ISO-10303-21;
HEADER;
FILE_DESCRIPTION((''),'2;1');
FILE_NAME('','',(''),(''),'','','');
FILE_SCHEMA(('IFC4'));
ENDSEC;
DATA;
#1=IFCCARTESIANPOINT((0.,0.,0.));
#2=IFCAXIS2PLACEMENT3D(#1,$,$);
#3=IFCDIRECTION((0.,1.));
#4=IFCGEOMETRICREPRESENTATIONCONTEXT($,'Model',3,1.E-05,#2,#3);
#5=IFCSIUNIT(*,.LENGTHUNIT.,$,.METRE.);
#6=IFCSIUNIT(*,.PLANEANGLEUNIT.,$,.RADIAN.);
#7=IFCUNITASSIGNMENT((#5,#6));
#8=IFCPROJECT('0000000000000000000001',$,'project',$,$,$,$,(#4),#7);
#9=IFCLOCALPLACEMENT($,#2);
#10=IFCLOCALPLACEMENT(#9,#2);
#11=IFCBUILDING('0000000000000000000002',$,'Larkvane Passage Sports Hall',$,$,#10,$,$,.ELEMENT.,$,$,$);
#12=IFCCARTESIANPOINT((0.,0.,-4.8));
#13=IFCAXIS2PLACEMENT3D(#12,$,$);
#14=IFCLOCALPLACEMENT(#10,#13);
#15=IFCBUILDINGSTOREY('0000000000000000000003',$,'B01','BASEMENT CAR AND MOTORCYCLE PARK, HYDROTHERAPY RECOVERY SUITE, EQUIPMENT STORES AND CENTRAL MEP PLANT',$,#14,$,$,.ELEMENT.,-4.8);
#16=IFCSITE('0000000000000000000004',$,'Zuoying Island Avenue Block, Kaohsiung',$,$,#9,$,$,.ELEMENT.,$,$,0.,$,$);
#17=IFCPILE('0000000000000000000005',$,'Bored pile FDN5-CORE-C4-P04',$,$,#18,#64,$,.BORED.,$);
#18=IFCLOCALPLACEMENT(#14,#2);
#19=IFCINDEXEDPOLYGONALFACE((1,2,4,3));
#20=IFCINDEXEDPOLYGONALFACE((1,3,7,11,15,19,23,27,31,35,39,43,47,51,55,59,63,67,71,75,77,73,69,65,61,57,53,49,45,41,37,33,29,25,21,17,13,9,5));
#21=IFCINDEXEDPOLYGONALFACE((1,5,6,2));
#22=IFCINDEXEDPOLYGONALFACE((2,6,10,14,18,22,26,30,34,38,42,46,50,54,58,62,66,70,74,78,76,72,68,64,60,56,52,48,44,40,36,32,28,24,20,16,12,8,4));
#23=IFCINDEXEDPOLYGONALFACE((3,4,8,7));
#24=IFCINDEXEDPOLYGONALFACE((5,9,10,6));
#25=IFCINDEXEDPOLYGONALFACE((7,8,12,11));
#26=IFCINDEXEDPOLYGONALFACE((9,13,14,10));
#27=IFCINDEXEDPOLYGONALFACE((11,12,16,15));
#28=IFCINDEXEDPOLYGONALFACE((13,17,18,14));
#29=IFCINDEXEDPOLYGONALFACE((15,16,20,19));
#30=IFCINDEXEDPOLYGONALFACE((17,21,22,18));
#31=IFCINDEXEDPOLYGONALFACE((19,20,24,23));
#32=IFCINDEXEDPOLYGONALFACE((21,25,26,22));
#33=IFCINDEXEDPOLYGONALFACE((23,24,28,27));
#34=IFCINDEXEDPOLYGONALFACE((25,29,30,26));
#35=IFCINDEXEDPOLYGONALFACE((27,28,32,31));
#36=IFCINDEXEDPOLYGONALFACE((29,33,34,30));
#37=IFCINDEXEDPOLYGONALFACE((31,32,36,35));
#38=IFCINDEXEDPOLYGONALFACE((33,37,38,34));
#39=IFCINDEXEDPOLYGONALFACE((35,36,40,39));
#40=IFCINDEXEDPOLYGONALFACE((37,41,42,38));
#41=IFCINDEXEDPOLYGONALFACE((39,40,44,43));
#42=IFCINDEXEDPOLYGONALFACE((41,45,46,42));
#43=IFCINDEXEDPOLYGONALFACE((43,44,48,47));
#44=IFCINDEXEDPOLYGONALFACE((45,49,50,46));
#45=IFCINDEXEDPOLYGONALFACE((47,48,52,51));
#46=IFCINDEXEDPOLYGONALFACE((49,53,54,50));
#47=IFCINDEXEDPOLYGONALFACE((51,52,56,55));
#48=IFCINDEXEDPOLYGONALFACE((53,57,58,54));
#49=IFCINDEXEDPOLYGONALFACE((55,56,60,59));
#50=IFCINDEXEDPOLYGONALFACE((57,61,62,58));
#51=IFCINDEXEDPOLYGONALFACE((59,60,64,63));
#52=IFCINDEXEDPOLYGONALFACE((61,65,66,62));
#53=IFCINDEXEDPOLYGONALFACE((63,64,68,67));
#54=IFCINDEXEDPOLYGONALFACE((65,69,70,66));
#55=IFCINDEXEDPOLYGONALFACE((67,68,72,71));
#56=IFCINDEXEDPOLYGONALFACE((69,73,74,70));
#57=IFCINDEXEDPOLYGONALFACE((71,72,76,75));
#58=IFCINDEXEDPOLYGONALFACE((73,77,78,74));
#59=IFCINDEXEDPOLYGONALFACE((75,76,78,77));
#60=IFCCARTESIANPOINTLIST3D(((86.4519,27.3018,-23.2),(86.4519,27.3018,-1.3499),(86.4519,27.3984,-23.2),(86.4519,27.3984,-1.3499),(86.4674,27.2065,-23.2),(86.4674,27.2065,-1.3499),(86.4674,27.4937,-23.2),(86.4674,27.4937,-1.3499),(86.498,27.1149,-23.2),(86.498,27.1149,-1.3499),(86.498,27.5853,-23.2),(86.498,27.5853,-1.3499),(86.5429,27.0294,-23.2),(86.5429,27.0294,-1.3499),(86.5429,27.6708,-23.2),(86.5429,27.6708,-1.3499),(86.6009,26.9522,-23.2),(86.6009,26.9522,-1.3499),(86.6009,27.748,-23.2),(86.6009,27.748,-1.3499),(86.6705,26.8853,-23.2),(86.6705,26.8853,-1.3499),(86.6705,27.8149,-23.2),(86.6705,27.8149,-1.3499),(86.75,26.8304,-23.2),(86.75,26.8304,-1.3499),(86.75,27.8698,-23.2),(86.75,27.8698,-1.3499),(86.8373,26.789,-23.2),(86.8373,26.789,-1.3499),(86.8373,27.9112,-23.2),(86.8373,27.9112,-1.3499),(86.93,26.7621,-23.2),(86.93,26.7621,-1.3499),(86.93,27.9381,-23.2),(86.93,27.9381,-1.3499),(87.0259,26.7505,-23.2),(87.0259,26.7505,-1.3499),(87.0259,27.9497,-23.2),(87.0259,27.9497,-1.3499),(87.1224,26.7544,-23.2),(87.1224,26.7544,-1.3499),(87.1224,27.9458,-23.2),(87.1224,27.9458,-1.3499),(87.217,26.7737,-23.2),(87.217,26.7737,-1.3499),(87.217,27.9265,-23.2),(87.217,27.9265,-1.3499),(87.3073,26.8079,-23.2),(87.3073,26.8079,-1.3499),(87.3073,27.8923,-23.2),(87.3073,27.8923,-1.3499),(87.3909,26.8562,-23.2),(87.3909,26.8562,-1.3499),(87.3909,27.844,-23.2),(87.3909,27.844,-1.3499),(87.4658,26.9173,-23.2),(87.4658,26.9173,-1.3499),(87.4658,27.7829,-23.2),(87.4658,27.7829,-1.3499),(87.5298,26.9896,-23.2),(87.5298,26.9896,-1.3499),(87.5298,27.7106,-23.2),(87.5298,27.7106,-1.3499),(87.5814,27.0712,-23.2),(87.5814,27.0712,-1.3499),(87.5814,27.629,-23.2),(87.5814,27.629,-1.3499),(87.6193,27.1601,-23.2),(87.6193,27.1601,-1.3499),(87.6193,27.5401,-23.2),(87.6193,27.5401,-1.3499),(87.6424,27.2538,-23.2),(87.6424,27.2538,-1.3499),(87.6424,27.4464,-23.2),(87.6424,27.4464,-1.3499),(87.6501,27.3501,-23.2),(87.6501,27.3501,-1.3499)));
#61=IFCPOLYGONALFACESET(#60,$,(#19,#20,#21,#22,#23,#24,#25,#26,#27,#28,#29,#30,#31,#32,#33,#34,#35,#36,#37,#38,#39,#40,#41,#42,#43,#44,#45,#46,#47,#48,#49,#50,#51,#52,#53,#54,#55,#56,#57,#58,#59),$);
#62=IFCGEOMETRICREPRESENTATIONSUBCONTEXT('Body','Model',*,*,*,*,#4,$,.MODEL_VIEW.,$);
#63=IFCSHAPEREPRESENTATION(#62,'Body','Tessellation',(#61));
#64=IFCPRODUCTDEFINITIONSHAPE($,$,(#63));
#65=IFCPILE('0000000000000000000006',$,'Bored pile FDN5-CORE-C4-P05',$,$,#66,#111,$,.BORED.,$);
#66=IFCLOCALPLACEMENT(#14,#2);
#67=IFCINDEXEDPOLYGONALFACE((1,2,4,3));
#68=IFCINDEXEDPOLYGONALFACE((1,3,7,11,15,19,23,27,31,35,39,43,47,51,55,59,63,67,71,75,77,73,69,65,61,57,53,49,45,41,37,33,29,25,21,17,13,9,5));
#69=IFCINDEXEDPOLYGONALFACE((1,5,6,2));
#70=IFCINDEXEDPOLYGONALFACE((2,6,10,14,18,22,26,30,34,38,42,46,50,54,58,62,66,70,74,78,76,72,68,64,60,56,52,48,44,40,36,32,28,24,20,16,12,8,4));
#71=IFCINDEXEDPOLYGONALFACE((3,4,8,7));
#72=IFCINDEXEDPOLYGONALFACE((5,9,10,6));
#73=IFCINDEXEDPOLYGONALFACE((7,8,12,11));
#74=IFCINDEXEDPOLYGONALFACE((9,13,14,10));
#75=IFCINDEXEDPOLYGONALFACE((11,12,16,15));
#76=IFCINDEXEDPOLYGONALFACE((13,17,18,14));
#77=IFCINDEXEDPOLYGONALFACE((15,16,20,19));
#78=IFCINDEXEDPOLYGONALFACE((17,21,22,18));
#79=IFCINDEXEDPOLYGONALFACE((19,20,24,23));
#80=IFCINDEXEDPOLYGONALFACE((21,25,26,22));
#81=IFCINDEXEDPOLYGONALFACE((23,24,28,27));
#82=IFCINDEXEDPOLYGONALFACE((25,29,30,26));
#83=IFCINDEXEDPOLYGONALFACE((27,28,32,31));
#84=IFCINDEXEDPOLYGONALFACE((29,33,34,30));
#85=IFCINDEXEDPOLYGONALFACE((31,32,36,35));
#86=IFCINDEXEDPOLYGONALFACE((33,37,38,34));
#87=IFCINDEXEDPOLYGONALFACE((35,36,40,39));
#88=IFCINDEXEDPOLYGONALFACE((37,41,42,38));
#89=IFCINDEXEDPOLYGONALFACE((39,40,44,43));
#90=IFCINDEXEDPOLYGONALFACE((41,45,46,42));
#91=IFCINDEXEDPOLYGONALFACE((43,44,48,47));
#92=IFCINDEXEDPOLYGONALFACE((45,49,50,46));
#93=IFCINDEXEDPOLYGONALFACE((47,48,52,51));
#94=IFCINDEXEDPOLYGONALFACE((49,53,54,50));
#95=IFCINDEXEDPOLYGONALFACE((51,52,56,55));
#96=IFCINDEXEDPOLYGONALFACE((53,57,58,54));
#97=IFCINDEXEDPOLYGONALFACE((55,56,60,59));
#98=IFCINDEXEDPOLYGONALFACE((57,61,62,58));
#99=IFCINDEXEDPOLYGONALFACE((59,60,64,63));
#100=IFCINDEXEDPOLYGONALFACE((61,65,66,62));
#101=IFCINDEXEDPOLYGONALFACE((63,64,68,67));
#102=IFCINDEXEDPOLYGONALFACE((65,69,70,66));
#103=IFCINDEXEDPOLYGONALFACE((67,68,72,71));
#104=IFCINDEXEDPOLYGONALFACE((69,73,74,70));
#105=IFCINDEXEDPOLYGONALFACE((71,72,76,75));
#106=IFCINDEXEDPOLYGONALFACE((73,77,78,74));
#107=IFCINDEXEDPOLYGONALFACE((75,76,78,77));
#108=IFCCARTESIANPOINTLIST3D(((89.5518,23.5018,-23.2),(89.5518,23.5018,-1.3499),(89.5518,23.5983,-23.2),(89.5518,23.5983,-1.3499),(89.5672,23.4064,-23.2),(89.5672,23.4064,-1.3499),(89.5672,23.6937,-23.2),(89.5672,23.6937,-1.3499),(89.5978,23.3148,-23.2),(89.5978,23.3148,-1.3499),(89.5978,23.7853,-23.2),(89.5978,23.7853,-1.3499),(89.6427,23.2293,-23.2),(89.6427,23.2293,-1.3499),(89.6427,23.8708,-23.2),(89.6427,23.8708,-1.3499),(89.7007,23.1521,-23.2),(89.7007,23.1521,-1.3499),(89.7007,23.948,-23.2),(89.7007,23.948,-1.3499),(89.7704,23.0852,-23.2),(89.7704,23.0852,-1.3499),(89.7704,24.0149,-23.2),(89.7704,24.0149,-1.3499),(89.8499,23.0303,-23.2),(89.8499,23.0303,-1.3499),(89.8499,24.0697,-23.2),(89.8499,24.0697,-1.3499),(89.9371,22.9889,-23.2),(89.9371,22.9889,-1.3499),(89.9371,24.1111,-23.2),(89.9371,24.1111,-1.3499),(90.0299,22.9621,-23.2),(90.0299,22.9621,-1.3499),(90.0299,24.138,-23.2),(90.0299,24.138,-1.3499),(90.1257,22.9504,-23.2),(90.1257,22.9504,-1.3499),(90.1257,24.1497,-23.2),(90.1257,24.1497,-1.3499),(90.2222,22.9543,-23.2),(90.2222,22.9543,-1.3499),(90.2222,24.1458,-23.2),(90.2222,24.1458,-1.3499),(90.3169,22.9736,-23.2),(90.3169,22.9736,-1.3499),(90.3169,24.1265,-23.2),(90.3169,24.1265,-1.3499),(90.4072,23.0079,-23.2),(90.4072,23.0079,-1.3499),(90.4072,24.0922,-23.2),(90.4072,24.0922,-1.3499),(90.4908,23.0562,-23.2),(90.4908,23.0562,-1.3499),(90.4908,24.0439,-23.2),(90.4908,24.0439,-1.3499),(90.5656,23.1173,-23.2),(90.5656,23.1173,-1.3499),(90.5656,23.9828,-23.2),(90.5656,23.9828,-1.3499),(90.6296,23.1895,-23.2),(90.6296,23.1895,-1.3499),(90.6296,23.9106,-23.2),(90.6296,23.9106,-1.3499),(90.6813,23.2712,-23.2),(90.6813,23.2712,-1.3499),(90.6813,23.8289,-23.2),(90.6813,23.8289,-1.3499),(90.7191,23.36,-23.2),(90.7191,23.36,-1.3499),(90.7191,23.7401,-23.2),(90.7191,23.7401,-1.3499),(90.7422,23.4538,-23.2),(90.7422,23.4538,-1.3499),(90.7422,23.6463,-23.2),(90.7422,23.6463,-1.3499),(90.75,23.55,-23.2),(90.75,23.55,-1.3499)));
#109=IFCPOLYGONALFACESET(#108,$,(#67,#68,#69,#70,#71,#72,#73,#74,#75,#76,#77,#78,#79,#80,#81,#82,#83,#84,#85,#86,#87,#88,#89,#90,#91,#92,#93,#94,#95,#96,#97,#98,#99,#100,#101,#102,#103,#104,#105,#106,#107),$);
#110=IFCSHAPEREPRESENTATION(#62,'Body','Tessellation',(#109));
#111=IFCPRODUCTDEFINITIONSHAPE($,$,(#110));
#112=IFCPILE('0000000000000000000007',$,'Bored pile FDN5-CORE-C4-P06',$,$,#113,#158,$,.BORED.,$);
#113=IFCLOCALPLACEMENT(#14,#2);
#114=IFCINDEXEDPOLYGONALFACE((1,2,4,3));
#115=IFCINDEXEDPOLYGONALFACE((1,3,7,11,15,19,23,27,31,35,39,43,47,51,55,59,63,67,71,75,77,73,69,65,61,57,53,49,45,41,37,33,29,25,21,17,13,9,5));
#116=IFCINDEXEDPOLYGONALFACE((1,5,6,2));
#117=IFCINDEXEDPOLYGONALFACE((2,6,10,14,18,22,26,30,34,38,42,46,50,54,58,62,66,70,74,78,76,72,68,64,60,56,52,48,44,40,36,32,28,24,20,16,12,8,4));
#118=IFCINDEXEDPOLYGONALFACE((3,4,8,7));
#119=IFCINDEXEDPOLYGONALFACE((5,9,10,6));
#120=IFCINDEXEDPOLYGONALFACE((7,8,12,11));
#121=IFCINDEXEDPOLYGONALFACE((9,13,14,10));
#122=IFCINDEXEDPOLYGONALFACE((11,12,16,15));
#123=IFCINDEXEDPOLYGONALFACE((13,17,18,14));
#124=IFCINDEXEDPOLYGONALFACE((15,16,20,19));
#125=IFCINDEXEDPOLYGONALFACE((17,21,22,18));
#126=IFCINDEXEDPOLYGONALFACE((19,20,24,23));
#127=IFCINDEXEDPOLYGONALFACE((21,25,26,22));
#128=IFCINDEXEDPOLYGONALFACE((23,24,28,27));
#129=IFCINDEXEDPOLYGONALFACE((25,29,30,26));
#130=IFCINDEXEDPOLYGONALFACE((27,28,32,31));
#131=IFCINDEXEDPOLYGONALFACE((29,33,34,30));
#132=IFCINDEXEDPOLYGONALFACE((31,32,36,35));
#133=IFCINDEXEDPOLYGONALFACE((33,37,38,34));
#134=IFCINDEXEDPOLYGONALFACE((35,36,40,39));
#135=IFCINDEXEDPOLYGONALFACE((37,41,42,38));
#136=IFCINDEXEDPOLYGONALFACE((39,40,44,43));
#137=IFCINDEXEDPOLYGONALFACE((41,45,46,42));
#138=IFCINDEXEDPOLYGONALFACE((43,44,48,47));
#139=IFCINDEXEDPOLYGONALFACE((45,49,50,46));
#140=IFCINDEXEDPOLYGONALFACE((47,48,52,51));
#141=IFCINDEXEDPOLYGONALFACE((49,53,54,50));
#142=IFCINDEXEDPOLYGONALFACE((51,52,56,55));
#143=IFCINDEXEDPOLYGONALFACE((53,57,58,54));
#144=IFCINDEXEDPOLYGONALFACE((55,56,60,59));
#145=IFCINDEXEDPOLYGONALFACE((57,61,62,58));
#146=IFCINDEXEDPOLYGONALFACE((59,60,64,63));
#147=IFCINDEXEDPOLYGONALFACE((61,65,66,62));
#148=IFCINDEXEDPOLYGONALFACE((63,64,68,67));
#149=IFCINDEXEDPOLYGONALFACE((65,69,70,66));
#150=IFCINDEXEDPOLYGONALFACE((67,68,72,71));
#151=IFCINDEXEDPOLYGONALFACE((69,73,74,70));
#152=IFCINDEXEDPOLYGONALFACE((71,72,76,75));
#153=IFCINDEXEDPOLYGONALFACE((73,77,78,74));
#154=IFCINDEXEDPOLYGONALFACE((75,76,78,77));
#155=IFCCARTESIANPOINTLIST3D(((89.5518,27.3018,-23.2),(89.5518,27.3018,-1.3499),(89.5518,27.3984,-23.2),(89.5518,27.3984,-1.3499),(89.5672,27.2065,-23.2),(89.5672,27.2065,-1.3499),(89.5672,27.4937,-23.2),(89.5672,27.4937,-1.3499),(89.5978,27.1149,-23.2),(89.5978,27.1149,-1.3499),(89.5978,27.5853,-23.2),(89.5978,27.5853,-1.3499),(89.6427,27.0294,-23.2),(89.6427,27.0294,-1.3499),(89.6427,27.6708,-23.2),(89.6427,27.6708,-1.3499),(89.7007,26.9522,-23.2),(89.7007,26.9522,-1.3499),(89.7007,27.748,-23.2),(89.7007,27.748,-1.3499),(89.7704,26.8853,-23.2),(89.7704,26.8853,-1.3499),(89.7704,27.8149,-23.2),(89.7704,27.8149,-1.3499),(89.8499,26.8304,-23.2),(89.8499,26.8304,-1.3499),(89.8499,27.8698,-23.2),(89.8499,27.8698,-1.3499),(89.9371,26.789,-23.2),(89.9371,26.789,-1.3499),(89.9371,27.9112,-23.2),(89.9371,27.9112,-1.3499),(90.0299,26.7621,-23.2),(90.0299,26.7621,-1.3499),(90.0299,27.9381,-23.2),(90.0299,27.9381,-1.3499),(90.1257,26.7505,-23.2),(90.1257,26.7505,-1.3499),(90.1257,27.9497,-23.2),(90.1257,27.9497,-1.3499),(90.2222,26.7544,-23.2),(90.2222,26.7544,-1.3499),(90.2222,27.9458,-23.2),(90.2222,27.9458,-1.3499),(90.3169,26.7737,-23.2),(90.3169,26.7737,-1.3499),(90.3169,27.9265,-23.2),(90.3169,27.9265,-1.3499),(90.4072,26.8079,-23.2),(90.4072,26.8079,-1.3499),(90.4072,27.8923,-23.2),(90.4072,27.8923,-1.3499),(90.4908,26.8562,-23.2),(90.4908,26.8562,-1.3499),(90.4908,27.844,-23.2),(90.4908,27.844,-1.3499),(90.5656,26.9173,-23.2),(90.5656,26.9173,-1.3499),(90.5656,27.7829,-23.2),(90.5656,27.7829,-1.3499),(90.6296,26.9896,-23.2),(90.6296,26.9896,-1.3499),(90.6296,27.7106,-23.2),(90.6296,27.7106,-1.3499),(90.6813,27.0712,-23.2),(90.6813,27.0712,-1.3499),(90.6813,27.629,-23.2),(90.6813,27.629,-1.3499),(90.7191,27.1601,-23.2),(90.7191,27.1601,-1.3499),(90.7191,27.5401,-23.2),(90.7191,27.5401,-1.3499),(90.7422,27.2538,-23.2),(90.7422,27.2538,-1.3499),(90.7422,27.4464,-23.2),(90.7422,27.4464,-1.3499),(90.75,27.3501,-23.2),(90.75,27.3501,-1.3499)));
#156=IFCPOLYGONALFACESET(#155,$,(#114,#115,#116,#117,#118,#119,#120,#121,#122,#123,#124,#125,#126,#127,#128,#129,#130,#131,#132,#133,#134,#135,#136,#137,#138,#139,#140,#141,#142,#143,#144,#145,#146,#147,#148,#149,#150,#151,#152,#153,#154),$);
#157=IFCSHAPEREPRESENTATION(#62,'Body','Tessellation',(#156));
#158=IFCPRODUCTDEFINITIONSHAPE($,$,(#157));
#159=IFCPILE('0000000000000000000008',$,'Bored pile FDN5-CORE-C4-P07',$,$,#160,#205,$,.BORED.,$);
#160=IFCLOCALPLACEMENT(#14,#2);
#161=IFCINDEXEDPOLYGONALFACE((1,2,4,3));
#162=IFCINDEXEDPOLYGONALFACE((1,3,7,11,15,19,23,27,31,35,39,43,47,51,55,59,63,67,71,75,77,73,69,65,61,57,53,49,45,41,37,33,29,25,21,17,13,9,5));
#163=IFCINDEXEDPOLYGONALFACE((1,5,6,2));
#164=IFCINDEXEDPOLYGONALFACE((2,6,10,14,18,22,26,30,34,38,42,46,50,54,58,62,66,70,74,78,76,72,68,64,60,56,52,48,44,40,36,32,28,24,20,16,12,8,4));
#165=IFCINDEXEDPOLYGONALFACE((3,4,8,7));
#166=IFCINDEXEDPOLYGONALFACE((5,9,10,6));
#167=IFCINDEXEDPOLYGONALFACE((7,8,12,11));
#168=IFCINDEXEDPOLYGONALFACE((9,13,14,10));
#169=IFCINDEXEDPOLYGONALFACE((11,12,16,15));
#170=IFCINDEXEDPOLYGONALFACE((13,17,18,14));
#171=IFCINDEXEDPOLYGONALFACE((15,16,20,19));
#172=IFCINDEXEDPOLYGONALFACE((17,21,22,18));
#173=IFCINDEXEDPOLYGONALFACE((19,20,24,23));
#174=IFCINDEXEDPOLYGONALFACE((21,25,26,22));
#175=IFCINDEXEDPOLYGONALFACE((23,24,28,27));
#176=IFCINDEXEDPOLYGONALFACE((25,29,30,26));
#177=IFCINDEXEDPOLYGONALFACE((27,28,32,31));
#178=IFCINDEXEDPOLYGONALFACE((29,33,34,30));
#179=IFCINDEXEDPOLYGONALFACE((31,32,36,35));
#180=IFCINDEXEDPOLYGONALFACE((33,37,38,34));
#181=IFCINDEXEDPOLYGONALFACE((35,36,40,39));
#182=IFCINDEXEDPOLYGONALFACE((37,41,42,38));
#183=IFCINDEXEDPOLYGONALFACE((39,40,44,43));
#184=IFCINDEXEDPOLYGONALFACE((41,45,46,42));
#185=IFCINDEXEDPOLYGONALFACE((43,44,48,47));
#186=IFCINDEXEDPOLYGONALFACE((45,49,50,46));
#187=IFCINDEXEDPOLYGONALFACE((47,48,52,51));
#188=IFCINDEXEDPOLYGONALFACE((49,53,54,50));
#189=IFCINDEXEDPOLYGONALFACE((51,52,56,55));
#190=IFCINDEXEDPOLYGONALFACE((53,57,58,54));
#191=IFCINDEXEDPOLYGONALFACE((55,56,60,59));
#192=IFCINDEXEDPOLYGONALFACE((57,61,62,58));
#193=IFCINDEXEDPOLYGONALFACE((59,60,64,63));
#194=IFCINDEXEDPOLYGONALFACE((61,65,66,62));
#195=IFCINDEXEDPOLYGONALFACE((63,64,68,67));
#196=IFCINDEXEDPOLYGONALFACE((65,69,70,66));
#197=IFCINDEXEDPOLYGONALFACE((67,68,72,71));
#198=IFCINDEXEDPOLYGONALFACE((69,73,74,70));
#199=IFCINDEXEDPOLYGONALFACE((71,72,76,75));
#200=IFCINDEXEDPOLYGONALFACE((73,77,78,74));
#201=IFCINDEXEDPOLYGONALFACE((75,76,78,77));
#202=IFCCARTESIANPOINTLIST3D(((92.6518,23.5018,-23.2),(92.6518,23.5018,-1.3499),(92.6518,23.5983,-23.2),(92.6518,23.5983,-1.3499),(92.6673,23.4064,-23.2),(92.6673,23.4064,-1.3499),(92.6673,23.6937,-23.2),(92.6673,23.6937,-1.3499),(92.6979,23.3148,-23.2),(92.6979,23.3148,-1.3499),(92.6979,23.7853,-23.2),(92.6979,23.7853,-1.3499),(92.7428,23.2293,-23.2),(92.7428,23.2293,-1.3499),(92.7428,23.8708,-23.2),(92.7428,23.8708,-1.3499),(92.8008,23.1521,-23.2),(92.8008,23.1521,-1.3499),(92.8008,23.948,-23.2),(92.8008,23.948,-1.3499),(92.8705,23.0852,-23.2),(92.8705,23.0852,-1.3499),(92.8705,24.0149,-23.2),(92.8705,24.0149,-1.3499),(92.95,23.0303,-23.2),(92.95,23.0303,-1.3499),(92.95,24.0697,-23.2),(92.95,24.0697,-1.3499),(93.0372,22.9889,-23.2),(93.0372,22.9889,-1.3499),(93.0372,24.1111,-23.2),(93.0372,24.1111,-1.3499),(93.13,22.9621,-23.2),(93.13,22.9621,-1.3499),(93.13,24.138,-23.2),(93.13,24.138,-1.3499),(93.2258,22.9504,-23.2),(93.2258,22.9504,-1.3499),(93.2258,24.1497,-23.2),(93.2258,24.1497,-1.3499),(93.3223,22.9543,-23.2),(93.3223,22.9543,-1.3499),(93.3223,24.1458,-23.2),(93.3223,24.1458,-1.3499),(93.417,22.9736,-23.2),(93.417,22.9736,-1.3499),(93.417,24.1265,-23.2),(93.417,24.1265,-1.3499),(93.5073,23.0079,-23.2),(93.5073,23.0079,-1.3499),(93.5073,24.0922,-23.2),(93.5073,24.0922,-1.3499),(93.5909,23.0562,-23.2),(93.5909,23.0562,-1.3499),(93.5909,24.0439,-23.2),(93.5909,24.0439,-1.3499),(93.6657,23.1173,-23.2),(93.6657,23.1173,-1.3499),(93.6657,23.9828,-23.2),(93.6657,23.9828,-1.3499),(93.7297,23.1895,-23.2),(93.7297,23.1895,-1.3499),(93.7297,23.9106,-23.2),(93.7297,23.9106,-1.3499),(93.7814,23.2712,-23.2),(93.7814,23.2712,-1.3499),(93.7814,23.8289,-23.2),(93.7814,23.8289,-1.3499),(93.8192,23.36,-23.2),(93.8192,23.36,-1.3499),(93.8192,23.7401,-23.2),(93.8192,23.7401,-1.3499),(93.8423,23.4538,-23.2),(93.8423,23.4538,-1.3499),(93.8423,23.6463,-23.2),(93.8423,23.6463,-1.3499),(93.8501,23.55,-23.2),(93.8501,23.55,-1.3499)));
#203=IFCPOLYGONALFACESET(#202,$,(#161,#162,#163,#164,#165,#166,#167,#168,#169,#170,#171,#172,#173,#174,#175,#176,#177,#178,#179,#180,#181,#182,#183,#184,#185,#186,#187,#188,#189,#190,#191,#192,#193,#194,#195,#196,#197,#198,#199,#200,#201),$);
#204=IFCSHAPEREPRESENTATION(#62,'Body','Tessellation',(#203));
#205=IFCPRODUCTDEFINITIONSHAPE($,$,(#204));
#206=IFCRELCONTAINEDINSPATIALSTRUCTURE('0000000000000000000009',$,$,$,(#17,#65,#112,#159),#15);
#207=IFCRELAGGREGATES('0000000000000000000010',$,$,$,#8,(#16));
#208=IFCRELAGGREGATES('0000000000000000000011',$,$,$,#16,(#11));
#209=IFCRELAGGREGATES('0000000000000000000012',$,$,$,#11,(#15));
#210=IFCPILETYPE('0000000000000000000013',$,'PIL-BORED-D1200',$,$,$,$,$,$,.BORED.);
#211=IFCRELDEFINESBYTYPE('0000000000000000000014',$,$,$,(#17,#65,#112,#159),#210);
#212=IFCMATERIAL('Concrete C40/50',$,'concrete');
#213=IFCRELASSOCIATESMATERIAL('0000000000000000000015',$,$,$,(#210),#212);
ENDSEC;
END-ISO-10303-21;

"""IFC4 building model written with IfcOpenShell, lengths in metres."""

from ifc_helpers import new_model, si_unit, direction, frame, origin, origin_2d, place, context, subcontext, project, spatial, circle, extrude, material, material_profile, profile_set, type_object, element, save


model = new_model("IFC4")

# Units and contexts
model_context = context("Model", 3, precision=1e-05, world=origin(), true_north=direction((0.0, 1.0)))
body_context = subcontext(model_context, "Body", "Model", "MODEL_VIEW")
ifc_project = project(units=[si_unit("LENGTHUNIT", "METRE"), si_unit("PLANEANGLEUNIT", "RADIAN")], contexts=[model_context])

# Site, building, storey
site_placement = place(None, origin())
site = spatial("IfcSite", under=ifc_project, at=site_placement, Name="Zuoying Island Avenue Block, Kaohsiung", CompositionType="ELEMENT", RefElevation=0.0)
building_placement = place(site_placement, origin())
building = spatial("IfcBuilding", under=site, at=building_placement, Name="Larkvane Passage Sports Hall", CompositionType="ELEMENT")
storey_placement = place(building_placement, frame((0.0, 0.0, -4.8)))
storey = spatial("IfcBuildingStorey", under=building, at=storey_placement, Name="B01", Description="BASEMENT CAR AND MOTORCYCLE PARK, HYDROTHERAPY RECOVERY SUITE, EQUIPMENT STORES AND CENTRAL MEP PLANT", CompositionType="ELEMENT", Elevation=-4.8)

# Shared definitions
ifc_material_1 = material(Name="Concrete C40/50", Category="concrete")

# Piles
ifc_material_profile = material_profile(ifc_material_1, circle(Radius=0.6001, at=origin_2d()), Name="PILE-D1200")
ifc_profile_set = profile_set([ifc_material_profile], Name="Concrete C40/50")
pile_type = type_object("IfcPileType", Name="PIL-BORED-D1200", PredefinedType="BORED", material=ifc_profile_set)
for number, where, z_axis, x_axis, name in (
    (1, (87.05, 27.3501, -1.3499), (0.0, 0.0, -1.0), (1.0, 0.0, 0.0), "Bored pile FDN5-CORE-C4-P04"),
    (2, (90.1499, 23.55, -1.3499), (0.0, 0.0, -1.0), (1.0, 0.0, 0.0), "Bored pile FDN5-CORE-C4-P05"),
    (3, (90.1499, 27.3501, -1.3499), (0.0, 0.0, -1.0), (1.0, 0.0, 0.0), "Bored pile FDN5-CORE-C4-P06"),
    (4, (93.25, 23.55, -1.3499), (0.0, 0.0, -1.0), (1.0, 0.0, 0.0), "Bored pile FDN5-CORE-C4-P07"),
):
    element("IfcPile", number, at=place(storey_placement, frame(where, z_axis=z_axis, x_axis=x_axis)), inside=storey, type_object=pile_type, Name=name, PredefinedType="BORED", context=body_context, shape_type="SweptSolid", body=[
        extrude(circle(Radius=0.6001, at=origin_2d()), origin(), (0.0, 0.0, 1.0), 21.8501),
    ])

save(model, "model.ifc")
